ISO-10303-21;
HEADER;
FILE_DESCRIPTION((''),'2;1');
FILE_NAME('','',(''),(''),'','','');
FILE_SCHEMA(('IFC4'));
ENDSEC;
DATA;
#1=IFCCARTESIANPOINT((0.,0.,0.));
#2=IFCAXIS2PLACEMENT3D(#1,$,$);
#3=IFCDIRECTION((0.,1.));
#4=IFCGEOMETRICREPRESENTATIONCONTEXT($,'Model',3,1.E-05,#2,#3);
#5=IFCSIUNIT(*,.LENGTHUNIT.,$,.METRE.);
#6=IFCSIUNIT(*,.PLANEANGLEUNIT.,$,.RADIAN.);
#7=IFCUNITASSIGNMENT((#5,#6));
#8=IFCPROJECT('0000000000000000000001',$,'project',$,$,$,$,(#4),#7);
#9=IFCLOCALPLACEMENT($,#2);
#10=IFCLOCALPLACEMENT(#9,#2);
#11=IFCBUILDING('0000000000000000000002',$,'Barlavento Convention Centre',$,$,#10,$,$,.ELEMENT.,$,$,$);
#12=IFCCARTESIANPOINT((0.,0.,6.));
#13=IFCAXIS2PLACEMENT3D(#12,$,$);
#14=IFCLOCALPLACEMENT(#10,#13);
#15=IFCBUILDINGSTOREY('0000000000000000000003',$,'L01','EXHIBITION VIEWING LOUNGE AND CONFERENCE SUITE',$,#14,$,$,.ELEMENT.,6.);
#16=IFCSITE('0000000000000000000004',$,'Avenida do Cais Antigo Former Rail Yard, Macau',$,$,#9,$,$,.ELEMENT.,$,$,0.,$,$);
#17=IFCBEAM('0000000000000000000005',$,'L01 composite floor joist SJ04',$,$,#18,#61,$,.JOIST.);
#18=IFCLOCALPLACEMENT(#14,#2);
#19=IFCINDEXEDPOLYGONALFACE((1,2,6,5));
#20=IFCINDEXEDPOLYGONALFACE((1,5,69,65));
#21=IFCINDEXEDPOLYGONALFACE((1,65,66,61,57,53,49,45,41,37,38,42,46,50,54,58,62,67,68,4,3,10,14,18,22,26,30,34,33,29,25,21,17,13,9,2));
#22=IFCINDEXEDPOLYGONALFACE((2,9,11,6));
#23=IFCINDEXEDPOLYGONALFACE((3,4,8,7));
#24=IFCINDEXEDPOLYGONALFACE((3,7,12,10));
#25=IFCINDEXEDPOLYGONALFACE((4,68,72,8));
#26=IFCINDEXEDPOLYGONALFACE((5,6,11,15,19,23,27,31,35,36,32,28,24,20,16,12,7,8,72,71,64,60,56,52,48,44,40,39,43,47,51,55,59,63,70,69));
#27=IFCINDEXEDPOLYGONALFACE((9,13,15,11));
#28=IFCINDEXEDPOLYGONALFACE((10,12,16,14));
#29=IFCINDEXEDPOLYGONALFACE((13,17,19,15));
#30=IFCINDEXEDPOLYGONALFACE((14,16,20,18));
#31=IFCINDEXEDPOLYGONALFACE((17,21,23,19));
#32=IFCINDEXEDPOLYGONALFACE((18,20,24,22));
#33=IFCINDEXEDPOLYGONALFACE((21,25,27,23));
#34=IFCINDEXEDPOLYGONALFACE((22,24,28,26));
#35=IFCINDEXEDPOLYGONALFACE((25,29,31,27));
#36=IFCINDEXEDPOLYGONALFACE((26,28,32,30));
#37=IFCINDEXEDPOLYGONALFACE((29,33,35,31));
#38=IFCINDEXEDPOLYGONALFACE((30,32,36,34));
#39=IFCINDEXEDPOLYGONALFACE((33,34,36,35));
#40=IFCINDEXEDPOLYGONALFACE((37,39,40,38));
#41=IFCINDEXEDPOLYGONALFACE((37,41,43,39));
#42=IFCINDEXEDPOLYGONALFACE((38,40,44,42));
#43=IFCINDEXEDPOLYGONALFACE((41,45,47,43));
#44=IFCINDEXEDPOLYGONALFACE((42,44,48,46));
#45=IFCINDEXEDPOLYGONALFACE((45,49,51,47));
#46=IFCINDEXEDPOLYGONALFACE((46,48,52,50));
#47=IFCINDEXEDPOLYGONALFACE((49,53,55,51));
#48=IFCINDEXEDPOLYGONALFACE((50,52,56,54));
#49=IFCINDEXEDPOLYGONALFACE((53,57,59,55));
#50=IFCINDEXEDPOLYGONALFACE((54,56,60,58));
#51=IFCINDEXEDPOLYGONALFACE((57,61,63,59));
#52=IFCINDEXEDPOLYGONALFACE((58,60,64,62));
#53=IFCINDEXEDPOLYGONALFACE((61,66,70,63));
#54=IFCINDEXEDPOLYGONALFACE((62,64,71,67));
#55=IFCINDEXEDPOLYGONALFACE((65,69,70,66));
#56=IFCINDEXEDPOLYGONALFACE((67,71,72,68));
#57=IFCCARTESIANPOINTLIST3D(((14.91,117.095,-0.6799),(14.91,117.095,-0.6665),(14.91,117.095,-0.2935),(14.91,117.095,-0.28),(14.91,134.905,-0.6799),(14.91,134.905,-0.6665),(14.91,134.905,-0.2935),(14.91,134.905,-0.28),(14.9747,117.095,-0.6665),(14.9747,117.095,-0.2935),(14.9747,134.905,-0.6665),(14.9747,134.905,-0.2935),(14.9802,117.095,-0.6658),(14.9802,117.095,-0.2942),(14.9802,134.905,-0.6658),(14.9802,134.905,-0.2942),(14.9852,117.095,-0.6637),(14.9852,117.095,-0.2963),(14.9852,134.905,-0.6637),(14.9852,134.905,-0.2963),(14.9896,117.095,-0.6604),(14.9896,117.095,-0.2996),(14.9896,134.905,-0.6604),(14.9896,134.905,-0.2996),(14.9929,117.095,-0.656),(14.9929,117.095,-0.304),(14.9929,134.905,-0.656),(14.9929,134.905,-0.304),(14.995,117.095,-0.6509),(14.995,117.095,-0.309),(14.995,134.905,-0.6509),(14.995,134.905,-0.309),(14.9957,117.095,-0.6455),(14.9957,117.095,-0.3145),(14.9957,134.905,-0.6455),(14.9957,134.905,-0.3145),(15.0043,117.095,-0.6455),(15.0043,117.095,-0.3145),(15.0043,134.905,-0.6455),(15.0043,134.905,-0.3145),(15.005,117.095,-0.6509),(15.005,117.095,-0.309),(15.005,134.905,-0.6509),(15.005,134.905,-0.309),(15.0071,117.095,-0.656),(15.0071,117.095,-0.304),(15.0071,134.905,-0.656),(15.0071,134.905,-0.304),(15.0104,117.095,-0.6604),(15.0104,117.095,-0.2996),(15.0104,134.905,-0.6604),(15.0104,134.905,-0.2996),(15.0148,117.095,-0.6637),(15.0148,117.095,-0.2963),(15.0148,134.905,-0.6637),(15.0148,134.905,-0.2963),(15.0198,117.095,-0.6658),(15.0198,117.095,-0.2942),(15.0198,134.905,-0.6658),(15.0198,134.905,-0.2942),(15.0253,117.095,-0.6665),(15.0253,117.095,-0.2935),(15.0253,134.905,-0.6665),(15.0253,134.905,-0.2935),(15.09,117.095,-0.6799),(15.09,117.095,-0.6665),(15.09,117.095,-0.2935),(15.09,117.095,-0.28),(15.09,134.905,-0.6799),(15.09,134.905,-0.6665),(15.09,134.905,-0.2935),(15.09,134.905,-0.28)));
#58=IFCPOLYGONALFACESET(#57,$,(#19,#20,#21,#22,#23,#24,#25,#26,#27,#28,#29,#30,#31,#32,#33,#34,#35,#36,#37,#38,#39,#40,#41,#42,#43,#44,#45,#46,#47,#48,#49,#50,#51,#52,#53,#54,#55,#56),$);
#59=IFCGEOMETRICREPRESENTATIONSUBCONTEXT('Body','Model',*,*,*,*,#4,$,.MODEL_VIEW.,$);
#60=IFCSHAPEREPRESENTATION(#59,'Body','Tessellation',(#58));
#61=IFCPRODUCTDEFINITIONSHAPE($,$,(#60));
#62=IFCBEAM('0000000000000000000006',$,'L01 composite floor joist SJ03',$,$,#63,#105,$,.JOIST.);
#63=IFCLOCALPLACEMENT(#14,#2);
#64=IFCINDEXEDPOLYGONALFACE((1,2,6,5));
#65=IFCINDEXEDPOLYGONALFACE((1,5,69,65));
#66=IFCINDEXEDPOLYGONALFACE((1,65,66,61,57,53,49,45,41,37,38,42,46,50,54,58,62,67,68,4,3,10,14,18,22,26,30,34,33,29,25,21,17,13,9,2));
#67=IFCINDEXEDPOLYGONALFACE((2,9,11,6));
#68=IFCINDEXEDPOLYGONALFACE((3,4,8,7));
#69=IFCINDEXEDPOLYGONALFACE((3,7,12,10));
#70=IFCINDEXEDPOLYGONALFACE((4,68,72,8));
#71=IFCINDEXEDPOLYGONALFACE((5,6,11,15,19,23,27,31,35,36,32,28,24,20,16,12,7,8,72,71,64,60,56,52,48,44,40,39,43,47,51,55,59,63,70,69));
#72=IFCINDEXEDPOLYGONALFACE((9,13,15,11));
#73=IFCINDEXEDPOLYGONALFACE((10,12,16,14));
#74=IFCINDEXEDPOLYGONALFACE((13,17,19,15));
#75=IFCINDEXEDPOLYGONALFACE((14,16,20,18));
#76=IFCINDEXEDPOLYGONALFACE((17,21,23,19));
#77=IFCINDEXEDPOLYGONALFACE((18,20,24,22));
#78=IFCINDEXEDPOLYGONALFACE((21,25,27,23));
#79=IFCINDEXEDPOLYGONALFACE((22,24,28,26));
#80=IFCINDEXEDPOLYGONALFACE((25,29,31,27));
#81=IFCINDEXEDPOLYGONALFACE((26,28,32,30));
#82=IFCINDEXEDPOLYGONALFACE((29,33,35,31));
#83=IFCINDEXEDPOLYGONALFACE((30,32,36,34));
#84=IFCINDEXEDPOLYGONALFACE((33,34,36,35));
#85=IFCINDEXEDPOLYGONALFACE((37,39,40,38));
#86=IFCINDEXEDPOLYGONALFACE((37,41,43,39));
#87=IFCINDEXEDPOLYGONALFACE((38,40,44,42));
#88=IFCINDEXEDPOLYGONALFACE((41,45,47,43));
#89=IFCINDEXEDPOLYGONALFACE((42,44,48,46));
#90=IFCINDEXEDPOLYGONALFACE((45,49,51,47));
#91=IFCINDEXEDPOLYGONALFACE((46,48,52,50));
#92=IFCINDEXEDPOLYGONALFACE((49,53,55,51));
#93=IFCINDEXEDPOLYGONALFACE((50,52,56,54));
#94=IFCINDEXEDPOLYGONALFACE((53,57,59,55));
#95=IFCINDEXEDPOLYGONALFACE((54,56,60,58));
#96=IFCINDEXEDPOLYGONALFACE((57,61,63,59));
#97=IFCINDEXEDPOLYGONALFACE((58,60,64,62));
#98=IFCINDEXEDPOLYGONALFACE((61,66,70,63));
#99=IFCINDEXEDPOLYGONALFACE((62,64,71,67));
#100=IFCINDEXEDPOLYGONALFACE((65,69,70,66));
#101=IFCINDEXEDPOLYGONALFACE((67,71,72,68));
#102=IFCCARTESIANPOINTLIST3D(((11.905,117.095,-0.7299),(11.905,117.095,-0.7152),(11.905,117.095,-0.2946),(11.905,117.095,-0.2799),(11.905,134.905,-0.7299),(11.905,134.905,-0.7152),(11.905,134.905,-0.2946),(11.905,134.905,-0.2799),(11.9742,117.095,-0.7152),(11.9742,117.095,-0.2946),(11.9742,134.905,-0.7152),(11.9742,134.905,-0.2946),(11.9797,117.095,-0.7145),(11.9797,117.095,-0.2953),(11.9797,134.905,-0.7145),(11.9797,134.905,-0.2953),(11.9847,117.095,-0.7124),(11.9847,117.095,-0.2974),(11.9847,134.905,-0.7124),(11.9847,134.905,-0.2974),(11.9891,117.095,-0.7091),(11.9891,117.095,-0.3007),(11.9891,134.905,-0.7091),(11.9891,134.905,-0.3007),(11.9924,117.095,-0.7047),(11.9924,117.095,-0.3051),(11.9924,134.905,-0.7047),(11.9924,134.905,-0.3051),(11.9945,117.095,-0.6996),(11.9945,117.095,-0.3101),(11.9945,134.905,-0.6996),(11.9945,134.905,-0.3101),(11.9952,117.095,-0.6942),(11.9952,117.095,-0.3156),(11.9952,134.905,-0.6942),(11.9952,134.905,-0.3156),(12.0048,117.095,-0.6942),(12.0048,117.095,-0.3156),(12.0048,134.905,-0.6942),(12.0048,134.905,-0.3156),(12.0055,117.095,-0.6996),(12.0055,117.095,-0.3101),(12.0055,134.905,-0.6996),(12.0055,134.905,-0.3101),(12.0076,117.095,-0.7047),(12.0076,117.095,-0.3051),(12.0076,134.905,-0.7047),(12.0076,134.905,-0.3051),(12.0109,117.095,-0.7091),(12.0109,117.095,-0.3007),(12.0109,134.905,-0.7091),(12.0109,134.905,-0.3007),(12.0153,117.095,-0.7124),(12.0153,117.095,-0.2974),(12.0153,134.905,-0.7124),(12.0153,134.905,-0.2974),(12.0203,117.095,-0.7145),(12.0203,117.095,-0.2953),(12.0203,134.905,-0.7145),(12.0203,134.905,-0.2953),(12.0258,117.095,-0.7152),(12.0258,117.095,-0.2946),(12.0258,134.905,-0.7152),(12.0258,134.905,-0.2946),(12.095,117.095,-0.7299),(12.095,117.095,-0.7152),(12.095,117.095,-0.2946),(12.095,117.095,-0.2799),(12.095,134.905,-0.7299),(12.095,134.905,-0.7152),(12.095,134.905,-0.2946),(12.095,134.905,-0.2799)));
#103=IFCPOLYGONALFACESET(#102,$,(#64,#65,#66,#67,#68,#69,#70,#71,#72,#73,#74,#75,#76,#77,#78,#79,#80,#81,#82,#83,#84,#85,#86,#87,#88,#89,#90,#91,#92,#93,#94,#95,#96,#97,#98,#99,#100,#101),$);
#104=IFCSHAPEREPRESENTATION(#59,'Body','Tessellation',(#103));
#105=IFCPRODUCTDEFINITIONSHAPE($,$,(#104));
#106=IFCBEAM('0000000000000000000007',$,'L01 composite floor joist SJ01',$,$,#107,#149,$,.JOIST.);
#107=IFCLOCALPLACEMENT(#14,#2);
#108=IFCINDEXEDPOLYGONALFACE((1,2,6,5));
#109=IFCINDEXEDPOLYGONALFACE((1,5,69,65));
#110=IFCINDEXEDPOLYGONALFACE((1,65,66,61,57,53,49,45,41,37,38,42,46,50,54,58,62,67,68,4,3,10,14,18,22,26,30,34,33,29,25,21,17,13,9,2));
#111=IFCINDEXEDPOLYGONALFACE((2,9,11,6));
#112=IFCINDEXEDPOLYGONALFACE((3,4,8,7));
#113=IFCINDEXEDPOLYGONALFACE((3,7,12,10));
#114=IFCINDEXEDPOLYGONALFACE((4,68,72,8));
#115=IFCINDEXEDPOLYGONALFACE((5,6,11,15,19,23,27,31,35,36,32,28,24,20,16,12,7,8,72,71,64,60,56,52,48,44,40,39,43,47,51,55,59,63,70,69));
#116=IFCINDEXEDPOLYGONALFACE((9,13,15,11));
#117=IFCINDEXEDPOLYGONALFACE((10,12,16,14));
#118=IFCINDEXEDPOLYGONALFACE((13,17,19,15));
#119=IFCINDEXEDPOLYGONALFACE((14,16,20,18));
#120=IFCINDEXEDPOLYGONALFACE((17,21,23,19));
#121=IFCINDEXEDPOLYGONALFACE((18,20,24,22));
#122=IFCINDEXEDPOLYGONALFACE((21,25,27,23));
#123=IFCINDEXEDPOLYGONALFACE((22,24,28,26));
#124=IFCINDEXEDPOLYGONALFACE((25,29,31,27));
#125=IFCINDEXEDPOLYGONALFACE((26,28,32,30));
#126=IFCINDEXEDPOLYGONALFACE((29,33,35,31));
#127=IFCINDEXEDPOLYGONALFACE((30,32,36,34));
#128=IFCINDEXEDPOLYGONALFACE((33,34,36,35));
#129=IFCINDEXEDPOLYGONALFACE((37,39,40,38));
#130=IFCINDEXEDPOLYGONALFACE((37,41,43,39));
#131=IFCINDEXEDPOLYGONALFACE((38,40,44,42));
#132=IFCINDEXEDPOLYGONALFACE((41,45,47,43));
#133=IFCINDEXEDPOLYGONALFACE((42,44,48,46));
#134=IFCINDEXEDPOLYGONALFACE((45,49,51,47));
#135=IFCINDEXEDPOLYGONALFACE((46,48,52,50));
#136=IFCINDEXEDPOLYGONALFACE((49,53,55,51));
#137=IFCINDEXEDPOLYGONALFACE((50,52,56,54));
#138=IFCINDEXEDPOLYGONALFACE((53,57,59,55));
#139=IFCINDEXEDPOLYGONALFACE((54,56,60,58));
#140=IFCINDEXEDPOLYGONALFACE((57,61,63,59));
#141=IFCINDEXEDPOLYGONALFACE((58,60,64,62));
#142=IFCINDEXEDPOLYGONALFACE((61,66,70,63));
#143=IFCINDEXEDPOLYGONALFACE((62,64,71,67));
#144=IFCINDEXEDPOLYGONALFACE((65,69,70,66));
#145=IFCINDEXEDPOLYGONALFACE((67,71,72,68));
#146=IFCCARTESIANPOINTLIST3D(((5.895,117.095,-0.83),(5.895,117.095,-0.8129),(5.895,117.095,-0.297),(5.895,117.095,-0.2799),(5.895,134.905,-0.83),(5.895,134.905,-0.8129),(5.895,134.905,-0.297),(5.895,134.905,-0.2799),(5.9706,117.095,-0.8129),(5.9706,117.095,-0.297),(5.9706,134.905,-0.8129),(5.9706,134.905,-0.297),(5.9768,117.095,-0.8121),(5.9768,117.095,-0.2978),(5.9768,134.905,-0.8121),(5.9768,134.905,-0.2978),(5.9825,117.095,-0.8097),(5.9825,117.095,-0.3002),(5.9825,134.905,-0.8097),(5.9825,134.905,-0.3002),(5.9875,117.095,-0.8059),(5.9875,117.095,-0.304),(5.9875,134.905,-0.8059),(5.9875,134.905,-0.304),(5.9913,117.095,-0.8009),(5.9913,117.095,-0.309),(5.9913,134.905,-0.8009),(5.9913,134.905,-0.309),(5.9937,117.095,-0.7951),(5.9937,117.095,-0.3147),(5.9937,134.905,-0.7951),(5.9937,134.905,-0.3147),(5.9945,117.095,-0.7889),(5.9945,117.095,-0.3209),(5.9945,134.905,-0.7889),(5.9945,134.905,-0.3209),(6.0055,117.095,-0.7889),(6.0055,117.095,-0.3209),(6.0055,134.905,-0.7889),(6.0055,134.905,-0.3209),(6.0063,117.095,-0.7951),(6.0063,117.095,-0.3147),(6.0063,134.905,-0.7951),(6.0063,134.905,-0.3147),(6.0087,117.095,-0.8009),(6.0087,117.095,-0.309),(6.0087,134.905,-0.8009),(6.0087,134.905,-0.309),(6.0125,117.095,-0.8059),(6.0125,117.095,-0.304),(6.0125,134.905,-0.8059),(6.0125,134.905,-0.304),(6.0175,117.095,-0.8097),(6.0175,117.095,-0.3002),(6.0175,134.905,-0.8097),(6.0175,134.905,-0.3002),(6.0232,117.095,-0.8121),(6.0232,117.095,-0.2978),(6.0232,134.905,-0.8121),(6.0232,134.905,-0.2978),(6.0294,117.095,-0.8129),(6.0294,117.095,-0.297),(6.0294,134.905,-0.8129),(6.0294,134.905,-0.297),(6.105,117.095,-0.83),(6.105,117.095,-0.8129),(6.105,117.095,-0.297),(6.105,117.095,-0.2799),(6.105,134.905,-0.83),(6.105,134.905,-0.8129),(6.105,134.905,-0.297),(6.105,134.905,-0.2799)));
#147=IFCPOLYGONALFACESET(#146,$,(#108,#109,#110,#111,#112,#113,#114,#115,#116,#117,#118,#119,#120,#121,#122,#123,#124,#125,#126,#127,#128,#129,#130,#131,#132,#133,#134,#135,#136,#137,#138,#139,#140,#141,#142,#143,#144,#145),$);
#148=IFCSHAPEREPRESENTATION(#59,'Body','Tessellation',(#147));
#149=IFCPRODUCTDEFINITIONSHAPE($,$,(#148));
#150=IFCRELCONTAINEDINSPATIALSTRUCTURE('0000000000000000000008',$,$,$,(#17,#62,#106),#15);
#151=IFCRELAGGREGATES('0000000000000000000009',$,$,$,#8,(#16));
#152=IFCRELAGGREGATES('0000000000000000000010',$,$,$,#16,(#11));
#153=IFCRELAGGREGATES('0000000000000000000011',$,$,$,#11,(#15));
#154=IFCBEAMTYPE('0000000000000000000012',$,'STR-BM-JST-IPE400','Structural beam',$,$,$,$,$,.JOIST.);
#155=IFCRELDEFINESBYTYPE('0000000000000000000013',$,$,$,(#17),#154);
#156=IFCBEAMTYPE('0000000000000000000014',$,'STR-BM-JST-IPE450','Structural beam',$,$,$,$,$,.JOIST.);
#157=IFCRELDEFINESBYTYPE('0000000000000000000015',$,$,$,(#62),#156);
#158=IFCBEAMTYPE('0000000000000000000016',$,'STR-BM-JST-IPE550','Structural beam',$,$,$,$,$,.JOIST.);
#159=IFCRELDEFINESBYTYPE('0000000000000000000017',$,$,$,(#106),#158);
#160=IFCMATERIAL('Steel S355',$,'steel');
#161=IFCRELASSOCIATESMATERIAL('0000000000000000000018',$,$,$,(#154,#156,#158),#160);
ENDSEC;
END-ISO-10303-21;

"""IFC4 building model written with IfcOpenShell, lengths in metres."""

from ifc_helpers import new_model, si_unit, direction, frame, origin, origin_2d, place, context, subcontext, project, spatial, i_section, extrude, material, material_profile, profile_set, type_object, element, save


model = new_model("IFC4")

# Units and contexts
model_context = context("Model", 3, precision=1e-05, world=origin(), true_north=direction((0.0, 1.0)))
body_context = subcontext(model_context, "Body", "Model", "MODEL_VIEW")
ifc_project = project(units=[si_unit("LENGTHUNIT", "METRE"), si_unit("PLANEANGLEUNIT", "RADIAN")], contexts=[model_context])

# Site, building, storey
site_placement = place(None, origin())
site = spatial("IfcSite", under=ifc_project, at=site_placement, Name="Avenida do Cais Antigo Former Rail Yard, Macau", CompositionType="ELEMENT", RefElevation=0.0)
building_placement = place(site_placement, origin())
building = spatial("IfcBuilding", under=site, at=building_placement, Name="Barlavento Convention Centre", CompositionType="ELEMENT")
storey_placement = place(building_placement, frame((0.0, 0.0, 6.0)))
storey = spatial("IfcBuildingStorey", under=building, at=storey_placement, Name="L01", Description="EXHIBITION VIEWING LOUNGE AND CONFERENCE SUITE", CompositionType="ELEMENT", Elevation=6.0)

# Shared definitions
ifc_material_1 = material(Name="Steel S355", Category="steel")

# Beams
ifc_material_profile_1 = material_profile(ifc_material_1, i_section(OverallWidth=0.1799, OverallDepth=0.3999, WebThickness=0.0085, FlangeThickness=0.0134, FilletRadius=0.021, at=origin_2d()), Name="IPE 400")
ifc_profile_set_1 = profile_set([ifc_material_profile_1], Name="Steel S355")
beam_type_1 = type_object("IfcBeamType", Name="STR-BM-JST-IPE400", Description="Structural beam", PredefinedType="JOIST", material=ifc_profile_set_1)
beam_1_placement = place(storey_placement, frame((15.0, 117.095, -0.48), z_axis=(0.0, 1.0, 0.0), x_axis=(-1.0, 0.0, 0.0)))
element("IfcBeam", 1, at=beam_1_placement, inside=storey, type_object=beam_type_1, Name="L01 composite floor joist SJ04", PredefinedType="JOIST", context=body_context, shape_type="SweptSolid", body=[
    extrude(i_section(OverallWidth=0.1799, OverallDepth=0.3999, WebThickness=0.0085, FlangeThickness=0.0134, FilletRadius=0.021, at=origin_2d()), origin(), (0.0, 0.0, 1.0), 17.8101),
])
ifc_material_profile_2 = material_profile(ifc_material_1, i_section(OverallWidth=0.1899, OverallDepth=0.45, WebThickness=0.0095, FlangeThickness=0.0146, FilletRadius=0.021, at=origin_2d()), Name="IPE 450")
ifc_profile_set_2 = profile_set([ifc_material_profile_2], Name="Steel S355")
beam_type_2 = type_object("IfcBeamType", Name="STR-BM-JST-IPE450", Description="Structural beam", PredefinedType="JOIST", material=ifc_profile_set_2)
beam_2_placement = place(storey_placement, frame((12.0, 117.095, -0.5049), z_axis=(0.0, 1.0, 0.0), x_axis=(-1.0, 0.0, 0.0)))
element("IfcBeam", 2, at=beam_2_placement, inside=storey, type_object=beam_type_2, Name="L01 composite floor joist SJ03", PredefinedType="JOIST", context=body_context, shape_type="SweptSolid", body=[
    extrude(i_section(OverallWidth=0.1899, OverallDepth=0.45, WebThickness=0.0095, FlangeThickness=0.0146, FilletRadius=0.021, at=origin_2d()), origin(), (0.0, 0.0, 1.0), 17.8101),
])
ifc_material_profile_3 = material_profile(ifc_material_1, i_section(OverallWidth=0.21, OverallDepth=0.55, WebThickness=0.011, FlangeThickness=0.0171, FilletRadius=0.0239, at=origin_2d()), Name="IPE 550")
ifc_profile_set_3 = profile_set([ifc_material_profile_3], Name="Steel S355")
beam_type_3 = type_object("IfcBeamType", Name="STR-BM-JST-IPE550", Description="Structural beam", PredefinedType="JOIST", material=ifc_profile_set_3)
beam_3_placement = place(storey_placement, frame((6.0, 117.095, -0.5549), z_axis=(0.0, 1.0, 0.0), x_axis=(-1.0, 0.0, 0.0)))
element("IfcBeam", 3, at=beam_3_placement, inside=storey, type_object=beam_type_3, Name="L01 composite floor joist SJ01", PredefinedType="JOIST", context=body_context, shape_type="SweptSolid", body=[
    extrude(i_section(OverallWidth=0.21, OverallDepth=0.55, WebThickness=0.011, FlangeThickness=0.0171, FilletRadius=0.0239, at=origin_2d()), origin(), (0.0, 0.0, 1.0), 17.8101),
])

save(model, "model.ifc")
